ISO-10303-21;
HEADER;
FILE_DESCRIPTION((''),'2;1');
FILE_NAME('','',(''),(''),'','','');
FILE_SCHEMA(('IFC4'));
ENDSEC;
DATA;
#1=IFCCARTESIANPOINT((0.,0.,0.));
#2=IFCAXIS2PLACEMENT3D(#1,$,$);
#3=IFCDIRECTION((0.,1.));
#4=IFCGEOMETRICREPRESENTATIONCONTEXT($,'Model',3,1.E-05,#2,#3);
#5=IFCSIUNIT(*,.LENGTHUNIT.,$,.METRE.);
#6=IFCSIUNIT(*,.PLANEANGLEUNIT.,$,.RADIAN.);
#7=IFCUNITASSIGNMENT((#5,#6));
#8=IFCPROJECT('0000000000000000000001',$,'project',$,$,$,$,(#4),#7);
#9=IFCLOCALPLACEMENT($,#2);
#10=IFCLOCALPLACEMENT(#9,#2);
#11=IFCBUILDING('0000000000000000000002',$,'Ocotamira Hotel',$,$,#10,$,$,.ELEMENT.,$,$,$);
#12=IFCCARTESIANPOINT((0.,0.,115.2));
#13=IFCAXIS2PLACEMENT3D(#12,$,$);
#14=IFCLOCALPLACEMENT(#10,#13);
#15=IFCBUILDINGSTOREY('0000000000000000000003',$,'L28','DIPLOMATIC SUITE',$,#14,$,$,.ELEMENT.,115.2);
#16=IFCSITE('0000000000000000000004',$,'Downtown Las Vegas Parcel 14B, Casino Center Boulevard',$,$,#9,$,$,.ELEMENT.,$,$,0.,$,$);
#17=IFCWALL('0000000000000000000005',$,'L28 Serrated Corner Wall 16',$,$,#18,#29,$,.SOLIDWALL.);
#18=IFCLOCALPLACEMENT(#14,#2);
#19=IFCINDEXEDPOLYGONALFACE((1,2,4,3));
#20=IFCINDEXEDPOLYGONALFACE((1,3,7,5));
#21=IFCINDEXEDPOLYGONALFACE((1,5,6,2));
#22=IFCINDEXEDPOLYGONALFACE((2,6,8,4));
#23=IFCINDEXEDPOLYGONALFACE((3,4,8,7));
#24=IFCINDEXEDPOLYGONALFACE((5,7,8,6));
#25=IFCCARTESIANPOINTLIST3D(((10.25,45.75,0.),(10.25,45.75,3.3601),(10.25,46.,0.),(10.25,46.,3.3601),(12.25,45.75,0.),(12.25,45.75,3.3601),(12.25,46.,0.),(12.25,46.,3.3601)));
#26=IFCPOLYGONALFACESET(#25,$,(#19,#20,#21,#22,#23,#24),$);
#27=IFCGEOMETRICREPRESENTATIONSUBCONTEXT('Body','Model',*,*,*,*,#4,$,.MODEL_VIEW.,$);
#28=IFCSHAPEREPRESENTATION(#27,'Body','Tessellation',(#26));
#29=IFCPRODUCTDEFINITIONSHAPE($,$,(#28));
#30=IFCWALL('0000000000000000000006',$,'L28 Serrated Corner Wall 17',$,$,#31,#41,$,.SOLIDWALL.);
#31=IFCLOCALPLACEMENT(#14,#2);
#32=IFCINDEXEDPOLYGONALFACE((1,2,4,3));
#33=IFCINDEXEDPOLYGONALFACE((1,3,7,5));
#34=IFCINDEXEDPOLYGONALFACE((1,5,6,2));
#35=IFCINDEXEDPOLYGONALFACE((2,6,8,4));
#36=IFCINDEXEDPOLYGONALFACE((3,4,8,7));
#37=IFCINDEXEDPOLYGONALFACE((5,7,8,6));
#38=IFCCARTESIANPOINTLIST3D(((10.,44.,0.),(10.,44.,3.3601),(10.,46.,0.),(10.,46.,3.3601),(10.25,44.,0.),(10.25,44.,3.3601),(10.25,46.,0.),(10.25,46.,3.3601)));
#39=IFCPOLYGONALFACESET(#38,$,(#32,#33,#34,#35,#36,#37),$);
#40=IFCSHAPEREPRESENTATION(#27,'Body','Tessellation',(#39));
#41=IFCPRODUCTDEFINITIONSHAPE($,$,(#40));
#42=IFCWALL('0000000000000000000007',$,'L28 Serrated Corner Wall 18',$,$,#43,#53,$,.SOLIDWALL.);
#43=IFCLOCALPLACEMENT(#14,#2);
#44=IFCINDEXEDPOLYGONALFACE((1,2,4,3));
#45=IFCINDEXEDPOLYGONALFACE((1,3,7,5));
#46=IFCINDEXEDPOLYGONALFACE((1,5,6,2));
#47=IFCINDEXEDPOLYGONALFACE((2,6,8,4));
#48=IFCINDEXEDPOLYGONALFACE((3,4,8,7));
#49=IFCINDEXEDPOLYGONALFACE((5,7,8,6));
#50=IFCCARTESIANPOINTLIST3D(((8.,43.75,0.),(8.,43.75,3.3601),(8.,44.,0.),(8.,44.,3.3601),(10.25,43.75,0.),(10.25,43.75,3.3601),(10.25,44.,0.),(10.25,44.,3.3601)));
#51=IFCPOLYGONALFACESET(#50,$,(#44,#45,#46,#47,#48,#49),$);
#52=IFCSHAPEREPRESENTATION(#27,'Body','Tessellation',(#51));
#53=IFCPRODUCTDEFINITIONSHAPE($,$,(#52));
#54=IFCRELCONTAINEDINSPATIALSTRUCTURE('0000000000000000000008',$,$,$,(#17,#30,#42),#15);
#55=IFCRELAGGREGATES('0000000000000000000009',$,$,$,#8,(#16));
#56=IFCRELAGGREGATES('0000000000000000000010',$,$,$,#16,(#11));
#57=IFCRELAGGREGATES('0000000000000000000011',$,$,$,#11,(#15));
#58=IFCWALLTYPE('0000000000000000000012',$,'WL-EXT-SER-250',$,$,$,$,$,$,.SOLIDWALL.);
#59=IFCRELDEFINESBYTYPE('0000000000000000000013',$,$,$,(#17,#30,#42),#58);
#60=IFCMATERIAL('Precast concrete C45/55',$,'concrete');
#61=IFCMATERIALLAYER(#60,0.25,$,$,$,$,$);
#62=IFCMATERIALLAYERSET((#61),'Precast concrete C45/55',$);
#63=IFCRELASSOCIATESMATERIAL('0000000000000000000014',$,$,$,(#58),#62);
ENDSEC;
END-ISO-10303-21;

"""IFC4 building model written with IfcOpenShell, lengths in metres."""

from ifc_helpers import new_model, si_unit, direction, frame, frame_2d, origin, place, context, subcontext, project, spatial, rectangle, extrude, material, layer, layer_set, type_object, element, save


model = new_model("IFC4")

# Units and contexts
model_context = context("Model", 3, precision=1e-05, world=origin(), true_north=direction((0.0, 1.0)))
body_context = subcontext(model_context, "Body", "Model", "MODEL_VIEW")
ifc_project = project(units=[si_unit("LENGTHUNIT", "METRE"), si_unit("PLANEANGLEUNIT", "RADIAN")], contexts=[model_context])

# Site, building, storey
site_placement = place(None, origin())
site = spatial("IfcSite", under=ifc_project, at=site_placement, Name="Downtown Las Vegas Parcel 14B, Casino Center Boulevard", CompositionType="ELEMENT", RefElevation=0.0)
building_placement = place(site_placement, origin())
building = spatial("IfcBuilding", under=site, at=building_placement, Name="Ocotamira Hotel", CompositionType="ELEMENT")
storey_placement = place(building_placement, frame((0.0, 0.0, 115.2)))
storey = spatial("IfcBuildingStorey", under=building, at=storey_placement, Name="L28", Description="DIPLOMATIC SUITE", CompositionType="ELEMENT", Elevation=115.2)

# Shared definitions
ifc_material_1 = material(Name="Precast concrete C45/55", Category="concrete")
ifc_layer_1 = layer(ifc_material_1, 0.25)
ifc_layer_set_1 = layer_set([ifc_layer_1], Name="Precast concrete C45/55")
wall_type = type_object("IfcWallType", Name="WL-EXT-SER-250", PredefinedType="SOLIDWALL", material=ifc_layer_set_1)

# Walls
for number, where, z_axis, x_axis, name in (
    (1, (12.25, 45.875, 0.0), (0.0, 0.0, 1.0), (-1.0, 0.0, 0.0), "L28 Serrated Corner Wall 16"),
    (2, (10.125, 46.0, 0.0), (0.0, 0.0, 1.0), (0.0, -1.0, 0.0), "L28 Serrated Corner Wall 17"),
):
    element("IfcWall", number, at=place(storey_placement, frame(where, z_axis=z_axis, x_axis=x_axis)), inside=storey, type_object=wall_type, Name=name, PredefinedType="SOLIDWALL", context=body_context, shape_type="SweptSolid", body=[
        extrude(rectangle(XDim=2.0, YDim=0.25, at=frame_2d((1.0, 0.0))), origin(), (0.0, 0.0, 1.0), 3.3601),
    ])
wall_1_placement = place(storey_placement, frame((10.25, 43.875, 0.0), z_axis=(0.0, 0.0, 1.0), x_axis=(-1.0, 0.0, 0.0)))
element("IfcWall", 3, at=wall_1_placement, inside=storey, type_object=wall_type, Name="L28 Serrated Corner Wall 18", PredefinedType="SOLIDWALL", context=body_context, shape_type="SweptSolid", body=[
    extrude(rectangle(XDim=2.25, YDim=0.25, at=frame_2d((1.125, 0.0))), origin(), (0.0, 0.0, 1.0), 3.3601),
])

save(model, "model.ifc")
